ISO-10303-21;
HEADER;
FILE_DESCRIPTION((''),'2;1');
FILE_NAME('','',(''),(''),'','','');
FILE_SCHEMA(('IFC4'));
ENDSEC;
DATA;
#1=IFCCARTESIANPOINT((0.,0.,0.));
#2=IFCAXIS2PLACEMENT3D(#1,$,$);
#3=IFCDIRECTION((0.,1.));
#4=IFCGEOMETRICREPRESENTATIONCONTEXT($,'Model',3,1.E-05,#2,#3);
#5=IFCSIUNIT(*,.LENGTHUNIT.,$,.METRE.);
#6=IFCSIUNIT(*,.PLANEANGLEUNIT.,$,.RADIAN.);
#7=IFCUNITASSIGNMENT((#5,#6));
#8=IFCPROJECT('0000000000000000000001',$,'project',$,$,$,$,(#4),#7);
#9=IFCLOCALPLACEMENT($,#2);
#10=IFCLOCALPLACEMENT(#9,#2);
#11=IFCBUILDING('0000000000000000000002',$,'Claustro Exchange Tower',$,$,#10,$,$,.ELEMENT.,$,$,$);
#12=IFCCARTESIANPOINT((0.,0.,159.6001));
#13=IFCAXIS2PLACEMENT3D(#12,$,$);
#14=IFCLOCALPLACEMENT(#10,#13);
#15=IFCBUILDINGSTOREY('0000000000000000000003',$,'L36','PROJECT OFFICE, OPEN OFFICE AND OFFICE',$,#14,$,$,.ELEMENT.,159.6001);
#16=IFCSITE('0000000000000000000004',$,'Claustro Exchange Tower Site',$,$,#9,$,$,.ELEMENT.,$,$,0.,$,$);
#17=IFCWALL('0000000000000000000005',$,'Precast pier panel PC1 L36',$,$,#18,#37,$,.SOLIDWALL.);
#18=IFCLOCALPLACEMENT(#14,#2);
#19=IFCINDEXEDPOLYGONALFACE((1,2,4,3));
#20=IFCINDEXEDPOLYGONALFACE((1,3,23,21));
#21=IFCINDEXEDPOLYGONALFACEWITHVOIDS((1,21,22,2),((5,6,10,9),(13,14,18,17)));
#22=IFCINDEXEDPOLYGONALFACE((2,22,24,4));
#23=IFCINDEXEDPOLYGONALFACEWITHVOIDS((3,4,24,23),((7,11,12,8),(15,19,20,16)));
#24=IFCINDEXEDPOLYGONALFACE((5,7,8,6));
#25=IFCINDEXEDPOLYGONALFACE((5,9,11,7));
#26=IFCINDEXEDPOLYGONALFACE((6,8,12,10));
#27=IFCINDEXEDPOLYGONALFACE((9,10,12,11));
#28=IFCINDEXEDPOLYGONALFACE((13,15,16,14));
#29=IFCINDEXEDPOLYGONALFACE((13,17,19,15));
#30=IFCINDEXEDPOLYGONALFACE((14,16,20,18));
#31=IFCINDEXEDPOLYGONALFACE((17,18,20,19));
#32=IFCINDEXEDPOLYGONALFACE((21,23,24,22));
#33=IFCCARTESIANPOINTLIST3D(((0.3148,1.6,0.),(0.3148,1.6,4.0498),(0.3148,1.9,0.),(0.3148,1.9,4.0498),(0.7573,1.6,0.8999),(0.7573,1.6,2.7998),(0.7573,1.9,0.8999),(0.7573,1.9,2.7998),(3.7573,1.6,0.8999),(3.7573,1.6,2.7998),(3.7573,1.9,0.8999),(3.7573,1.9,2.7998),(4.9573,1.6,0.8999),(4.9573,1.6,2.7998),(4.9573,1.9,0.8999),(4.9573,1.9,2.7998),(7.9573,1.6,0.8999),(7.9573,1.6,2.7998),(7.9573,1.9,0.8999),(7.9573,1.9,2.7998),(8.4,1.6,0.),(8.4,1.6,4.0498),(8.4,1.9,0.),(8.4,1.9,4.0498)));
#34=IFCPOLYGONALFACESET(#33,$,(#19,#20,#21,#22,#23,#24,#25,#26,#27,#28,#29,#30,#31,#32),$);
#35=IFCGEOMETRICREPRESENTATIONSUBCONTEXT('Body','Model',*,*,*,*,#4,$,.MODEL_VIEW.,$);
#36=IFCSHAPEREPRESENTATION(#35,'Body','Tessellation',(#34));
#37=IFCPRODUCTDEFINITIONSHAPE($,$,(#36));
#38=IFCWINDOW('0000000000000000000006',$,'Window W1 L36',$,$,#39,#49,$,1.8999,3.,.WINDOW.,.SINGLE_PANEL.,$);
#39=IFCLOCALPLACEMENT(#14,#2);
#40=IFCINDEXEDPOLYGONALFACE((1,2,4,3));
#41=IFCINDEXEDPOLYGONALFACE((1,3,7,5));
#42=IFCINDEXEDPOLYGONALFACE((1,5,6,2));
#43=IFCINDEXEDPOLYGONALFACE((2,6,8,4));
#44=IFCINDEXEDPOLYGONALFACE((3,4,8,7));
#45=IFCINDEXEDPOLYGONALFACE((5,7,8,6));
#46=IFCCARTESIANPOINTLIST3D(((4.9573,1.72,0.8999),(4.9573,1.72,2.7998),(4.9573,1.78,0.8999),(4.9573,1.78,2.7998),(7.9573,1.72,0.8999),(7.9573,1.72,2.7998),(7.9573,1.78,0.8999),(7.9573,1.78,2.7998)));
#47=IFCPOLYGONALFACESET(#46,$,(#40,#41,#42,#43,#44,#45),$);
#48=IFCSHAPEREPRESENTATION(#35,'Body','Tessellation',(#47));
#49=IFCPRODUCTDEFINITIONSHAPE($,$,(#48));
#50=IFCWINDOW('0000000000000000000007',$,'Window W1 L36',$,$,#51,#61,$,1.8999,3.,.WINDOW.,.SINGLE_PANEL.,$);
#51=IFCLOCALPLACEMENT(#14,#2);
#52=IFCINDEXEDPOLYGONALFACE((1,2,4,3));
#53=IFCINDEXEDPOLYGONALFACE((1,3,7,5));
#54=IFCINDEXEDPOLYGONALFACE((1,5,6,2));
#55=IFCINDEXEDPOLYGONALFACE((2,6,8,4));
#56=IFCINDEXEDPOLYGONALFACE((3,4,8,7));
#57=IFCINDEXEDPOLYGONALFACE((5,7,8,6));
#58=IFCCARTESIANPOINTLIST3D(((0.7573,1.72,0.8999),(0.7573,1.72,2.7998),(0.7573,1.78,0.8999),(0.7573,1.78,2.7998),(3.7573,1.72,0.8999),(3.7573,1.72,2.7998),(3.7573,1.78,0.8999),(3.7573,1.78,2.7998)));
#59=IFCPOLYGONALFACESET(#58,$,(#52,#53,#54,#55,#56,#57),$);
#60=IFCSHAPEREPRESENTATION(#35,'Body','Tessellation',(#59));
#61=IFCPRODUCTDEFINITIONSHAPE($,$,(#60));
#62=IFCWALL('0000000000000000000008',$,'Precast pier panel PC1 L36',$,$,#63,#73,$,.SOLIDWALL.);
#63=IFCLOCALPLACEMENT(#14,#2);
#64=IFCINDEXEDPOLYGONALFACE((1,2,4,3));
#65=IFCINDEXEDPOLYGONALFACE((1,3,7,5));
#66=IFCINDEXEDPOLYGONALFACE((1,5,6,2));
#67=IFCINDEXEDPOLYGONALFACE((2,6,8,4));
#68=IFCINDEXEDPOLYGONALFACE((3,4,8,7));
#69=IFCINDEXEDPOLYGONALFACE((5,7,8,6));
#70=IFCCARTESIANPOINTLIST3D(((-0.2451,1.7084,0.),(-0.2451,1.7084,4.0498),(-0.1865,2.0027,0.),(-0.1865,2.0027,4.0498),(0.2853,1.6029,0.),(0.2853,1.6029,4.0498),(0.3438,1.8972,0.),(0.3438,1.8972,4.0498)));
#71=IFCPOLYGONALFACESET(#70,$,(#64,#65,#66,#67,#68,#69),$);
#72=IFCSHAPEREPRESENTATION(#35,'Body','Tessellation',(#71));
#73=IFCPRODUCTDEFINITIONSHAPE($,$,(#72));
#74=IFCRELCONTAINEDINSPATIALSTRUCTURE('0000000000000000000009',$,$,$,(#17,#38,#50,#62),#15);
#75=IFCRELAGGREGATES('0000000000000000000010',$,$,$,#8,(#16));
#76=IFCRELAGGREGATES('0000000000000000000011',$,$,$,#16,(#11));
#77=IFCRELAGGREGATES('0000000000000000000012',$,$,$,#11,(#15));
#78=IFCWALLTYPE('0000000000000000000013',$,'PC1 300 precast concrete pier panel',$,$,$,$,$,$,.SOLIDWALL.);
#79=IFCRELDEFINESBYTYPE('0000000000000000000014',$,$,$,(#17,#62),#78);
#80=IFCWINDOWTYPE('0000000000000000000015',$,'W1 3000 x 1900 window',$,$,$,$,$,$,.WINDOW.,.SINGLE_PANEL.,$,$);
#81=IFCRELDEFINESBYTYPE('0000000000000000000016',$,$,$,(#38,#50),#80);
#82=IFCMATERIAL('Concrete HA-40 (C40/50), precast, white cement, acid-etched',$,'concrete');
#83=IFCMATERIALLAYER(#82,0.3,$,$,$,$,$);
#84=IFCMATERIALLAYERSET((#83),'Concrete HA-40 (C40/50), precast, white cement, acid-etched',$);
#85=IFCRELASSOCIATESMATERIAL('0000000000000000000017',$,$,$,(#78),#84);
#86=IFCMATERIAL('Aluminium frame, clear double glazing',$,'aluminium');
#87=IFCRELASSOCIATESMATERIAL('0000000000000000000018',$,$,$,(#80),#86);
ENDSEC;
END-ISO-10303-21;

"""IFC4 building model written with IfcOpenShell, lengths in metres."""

from ifc_helpers import new_model, si_unit, direction, frame, frame_2d, origin, place, context, subcontext, project, spatial, rectangle, extrude, material, layer, layer_set, type_object, element, fill, save


model = new_model("IFC4")

# Units and contexts
model_context = context("Model", 3, precision=1e-05, world=origin(), true_north=direction((0.0, 1.0)))
body_context = subcontext(model_context, "Body", "Model", "MODEL_VIEW")
ifc_project = project(units=[si_unit("LENGTHUNIT", "METRE"), si_unit("PLANEANGLEUNIT", "RADIAN")], contexts=[model_context])

# Site, building, storey
site_placement = place(None, origin())
site = spatial("IfcSite", under=ifc_project, at=site_placement, Name="Claustro Exchange Tower Site", CompositionType="ELEMENT", RefElevation=0.0)
building_placement = place(site_placement, origin())
building = spatial("IfcBuilding", under=site, at=building_placement, Name="Claustro Exchange Tower", CompositionType="ELEMENT")
storey_placement = place(building_placement, frame((0.0, 0.0, 159.6001)))
storey = spatial("IfcBuildingStorey", under=building, at=storey_placement, Name="L36", Description="PROJECT OFFICE, OPEN OFFICE AND OFFICE", CompositionType="ELEMENT", Elevation=159.6001)

# Wall, openings, windows
ifc_material_1 = material(Name="Concrete HA-40 (C40/50), precast, white cement, acid-etched", Category="concrete")
ifc_layer_1 = layer(ifc_material_1, 0.3)
ifc_layer_set_1 = layer_set([ifc_layer_1], Name="Concrete HA-40 (C40/50), precast, white cement, acid-etched")
wall_type_1 = type_object("IfcWallType", Name="PC1 300 precast concrete pier panel", PredefinedType="SOLIDWALL", material=ifc_layer_set_1)
wall_1_placement = place(storey_placement, frame((8.3999, 1.75, 0.0), z_axis=(0.0, 0.0, 1.0), x_axis=(-1.0, 0.0, 0.0)))
wall_1 = element("IfcWall", 1, at=wall_1_placement, inside=storey, type_object=wall_type_1, Name="Precast pier panel PC1 L36", PredefinedType="SOLIDWALL", context=body_context, shape_type="SweptSolid", body=[
    extrude(rectangle(XDim=8.0852, YDim=0.3, at=frame_2d((4.0425, 0.0))), origin(), (0.0, 0.0, 1.0), 4.0498),
])
opening_1_placement = place(wall_1_placement, frame((0.4426, 0.0, 0.8999)))
opening_1 = element("IfcOpeningElement", 2, at=opening_1_placement, cuts=wall_1, PredefinedType="OPENING", context=body_context, shape_type="SweptSolid", body=[
    extrude(rectangle(XDim=3.0, YDim=1.8999, at=frame_2d((1.5, 0.95))), frame((0.0, 0.1599, 0.0), z_axis=(0.0, -1.0, 0.0), x_axis=(1.0, 0.0, 0.0)), (0.0, 0.0, 1.0), 0.3201),
])
opening_2_placement = place(wall_1_placement, frame((4.6426, 0.0, 0.8999)))
opening_2 = element("IfcOpeningElement", 3, at=opening_2_placement, cuts=wall_1, PredefinedType="OPENING", context=body_context, shape_type="SweptSolid", body=[
    extrude(rectangle(XDim=3.0, YDim=1.8999, at=frame_2d((1.5, 0.95))), frame((0.0, 0.1599, 0.0), z_axis=(0.0, -1.0, 0.0), x_axis=(1.0, 0.0, 0.0)), (0.0, 0.0, 1.0), 0.3201),
])
ifc_material_2 = material(Name="Aluminium frame, clear double glazing", Category="aluminium")
window_type = type_object("IfcWindowType", Name="W1 3000 x 1900 window", PartitioningType="SINGLE_PANEL", PredefinedType="WINDOW", material=ifc_material_2)
window_1_placement = place(opening_1_placement, origin())
window_1 = element("IfcWindow", 4, at=window_1_placement, inside=storey, type_object=window_type, Name="Window W1 L36", OverallHeight=1.8999, OverallWidth=3.0, PartitioningType="SINGLE_PANEL", PredefinedType="WINDOW", context=body_context, shape_type="SweptSolid", body=[
    extrude(rectangle(XDim=3.0, YDim=1.8999, at=frame_2d((1.5, 0.95))), frame((0.0, 0.03, 0.0), z_axis=(0.0, -1.0, 0.0), x_axis=(1.0, 0.0, 0.0)), (0.0, 0.0, 1.0), 0.0601),
])
fill(opening_1, window_1)
window_2_placement = place(opening_2_placement, origin())
window_2 = element("IfcWindow", 5, at=window_2_placement, inside=storey, type_object=window_type, Name="Window W1 L36", OverallHeight=1.8999, OverallWidth=3.0, PartitioningType="SINGLE_PANEL", PredefinedType="WINDOW", context=body_context, shape_type="SweptSolid", body=[
    extrude(rectangle(XDim=3.0, YDim=1.8999, at=frame_2d((1.5, 0.95))), frame((0.0, 0.03, 0.0), z_axis=(0.0, -1.0, 0.0), x_axis=(1.0, 0.0, 0.0)), (0.0, 0.0, 1.0), 0.0601),
])
fill(opening_2, window_2)

# Wall
wall_2_placement = place(storey_placement, frame((0.3147, 1.75, 0.0), z_axis=(0.0, 0.0, 1.0), x_axis=(-0.980789, 0.195074, 0.0)))
element("IfcWall", 6, at=wall_2_placement, inside=storey, type_object=wall_type_1, Name="Precast pier panel PC1 L36", PredefinedType="SOLIDWALL", context=body_context, shape_type="SweptSolid", body=[
    extrude(rectangle(XDim=0.5408, YDim=0.3, at=frame_2d((0.2705, 0.0))), origin(), (0.0, 0.0, 1.0), 4.0498),
])

save(model, "model.ifc")
